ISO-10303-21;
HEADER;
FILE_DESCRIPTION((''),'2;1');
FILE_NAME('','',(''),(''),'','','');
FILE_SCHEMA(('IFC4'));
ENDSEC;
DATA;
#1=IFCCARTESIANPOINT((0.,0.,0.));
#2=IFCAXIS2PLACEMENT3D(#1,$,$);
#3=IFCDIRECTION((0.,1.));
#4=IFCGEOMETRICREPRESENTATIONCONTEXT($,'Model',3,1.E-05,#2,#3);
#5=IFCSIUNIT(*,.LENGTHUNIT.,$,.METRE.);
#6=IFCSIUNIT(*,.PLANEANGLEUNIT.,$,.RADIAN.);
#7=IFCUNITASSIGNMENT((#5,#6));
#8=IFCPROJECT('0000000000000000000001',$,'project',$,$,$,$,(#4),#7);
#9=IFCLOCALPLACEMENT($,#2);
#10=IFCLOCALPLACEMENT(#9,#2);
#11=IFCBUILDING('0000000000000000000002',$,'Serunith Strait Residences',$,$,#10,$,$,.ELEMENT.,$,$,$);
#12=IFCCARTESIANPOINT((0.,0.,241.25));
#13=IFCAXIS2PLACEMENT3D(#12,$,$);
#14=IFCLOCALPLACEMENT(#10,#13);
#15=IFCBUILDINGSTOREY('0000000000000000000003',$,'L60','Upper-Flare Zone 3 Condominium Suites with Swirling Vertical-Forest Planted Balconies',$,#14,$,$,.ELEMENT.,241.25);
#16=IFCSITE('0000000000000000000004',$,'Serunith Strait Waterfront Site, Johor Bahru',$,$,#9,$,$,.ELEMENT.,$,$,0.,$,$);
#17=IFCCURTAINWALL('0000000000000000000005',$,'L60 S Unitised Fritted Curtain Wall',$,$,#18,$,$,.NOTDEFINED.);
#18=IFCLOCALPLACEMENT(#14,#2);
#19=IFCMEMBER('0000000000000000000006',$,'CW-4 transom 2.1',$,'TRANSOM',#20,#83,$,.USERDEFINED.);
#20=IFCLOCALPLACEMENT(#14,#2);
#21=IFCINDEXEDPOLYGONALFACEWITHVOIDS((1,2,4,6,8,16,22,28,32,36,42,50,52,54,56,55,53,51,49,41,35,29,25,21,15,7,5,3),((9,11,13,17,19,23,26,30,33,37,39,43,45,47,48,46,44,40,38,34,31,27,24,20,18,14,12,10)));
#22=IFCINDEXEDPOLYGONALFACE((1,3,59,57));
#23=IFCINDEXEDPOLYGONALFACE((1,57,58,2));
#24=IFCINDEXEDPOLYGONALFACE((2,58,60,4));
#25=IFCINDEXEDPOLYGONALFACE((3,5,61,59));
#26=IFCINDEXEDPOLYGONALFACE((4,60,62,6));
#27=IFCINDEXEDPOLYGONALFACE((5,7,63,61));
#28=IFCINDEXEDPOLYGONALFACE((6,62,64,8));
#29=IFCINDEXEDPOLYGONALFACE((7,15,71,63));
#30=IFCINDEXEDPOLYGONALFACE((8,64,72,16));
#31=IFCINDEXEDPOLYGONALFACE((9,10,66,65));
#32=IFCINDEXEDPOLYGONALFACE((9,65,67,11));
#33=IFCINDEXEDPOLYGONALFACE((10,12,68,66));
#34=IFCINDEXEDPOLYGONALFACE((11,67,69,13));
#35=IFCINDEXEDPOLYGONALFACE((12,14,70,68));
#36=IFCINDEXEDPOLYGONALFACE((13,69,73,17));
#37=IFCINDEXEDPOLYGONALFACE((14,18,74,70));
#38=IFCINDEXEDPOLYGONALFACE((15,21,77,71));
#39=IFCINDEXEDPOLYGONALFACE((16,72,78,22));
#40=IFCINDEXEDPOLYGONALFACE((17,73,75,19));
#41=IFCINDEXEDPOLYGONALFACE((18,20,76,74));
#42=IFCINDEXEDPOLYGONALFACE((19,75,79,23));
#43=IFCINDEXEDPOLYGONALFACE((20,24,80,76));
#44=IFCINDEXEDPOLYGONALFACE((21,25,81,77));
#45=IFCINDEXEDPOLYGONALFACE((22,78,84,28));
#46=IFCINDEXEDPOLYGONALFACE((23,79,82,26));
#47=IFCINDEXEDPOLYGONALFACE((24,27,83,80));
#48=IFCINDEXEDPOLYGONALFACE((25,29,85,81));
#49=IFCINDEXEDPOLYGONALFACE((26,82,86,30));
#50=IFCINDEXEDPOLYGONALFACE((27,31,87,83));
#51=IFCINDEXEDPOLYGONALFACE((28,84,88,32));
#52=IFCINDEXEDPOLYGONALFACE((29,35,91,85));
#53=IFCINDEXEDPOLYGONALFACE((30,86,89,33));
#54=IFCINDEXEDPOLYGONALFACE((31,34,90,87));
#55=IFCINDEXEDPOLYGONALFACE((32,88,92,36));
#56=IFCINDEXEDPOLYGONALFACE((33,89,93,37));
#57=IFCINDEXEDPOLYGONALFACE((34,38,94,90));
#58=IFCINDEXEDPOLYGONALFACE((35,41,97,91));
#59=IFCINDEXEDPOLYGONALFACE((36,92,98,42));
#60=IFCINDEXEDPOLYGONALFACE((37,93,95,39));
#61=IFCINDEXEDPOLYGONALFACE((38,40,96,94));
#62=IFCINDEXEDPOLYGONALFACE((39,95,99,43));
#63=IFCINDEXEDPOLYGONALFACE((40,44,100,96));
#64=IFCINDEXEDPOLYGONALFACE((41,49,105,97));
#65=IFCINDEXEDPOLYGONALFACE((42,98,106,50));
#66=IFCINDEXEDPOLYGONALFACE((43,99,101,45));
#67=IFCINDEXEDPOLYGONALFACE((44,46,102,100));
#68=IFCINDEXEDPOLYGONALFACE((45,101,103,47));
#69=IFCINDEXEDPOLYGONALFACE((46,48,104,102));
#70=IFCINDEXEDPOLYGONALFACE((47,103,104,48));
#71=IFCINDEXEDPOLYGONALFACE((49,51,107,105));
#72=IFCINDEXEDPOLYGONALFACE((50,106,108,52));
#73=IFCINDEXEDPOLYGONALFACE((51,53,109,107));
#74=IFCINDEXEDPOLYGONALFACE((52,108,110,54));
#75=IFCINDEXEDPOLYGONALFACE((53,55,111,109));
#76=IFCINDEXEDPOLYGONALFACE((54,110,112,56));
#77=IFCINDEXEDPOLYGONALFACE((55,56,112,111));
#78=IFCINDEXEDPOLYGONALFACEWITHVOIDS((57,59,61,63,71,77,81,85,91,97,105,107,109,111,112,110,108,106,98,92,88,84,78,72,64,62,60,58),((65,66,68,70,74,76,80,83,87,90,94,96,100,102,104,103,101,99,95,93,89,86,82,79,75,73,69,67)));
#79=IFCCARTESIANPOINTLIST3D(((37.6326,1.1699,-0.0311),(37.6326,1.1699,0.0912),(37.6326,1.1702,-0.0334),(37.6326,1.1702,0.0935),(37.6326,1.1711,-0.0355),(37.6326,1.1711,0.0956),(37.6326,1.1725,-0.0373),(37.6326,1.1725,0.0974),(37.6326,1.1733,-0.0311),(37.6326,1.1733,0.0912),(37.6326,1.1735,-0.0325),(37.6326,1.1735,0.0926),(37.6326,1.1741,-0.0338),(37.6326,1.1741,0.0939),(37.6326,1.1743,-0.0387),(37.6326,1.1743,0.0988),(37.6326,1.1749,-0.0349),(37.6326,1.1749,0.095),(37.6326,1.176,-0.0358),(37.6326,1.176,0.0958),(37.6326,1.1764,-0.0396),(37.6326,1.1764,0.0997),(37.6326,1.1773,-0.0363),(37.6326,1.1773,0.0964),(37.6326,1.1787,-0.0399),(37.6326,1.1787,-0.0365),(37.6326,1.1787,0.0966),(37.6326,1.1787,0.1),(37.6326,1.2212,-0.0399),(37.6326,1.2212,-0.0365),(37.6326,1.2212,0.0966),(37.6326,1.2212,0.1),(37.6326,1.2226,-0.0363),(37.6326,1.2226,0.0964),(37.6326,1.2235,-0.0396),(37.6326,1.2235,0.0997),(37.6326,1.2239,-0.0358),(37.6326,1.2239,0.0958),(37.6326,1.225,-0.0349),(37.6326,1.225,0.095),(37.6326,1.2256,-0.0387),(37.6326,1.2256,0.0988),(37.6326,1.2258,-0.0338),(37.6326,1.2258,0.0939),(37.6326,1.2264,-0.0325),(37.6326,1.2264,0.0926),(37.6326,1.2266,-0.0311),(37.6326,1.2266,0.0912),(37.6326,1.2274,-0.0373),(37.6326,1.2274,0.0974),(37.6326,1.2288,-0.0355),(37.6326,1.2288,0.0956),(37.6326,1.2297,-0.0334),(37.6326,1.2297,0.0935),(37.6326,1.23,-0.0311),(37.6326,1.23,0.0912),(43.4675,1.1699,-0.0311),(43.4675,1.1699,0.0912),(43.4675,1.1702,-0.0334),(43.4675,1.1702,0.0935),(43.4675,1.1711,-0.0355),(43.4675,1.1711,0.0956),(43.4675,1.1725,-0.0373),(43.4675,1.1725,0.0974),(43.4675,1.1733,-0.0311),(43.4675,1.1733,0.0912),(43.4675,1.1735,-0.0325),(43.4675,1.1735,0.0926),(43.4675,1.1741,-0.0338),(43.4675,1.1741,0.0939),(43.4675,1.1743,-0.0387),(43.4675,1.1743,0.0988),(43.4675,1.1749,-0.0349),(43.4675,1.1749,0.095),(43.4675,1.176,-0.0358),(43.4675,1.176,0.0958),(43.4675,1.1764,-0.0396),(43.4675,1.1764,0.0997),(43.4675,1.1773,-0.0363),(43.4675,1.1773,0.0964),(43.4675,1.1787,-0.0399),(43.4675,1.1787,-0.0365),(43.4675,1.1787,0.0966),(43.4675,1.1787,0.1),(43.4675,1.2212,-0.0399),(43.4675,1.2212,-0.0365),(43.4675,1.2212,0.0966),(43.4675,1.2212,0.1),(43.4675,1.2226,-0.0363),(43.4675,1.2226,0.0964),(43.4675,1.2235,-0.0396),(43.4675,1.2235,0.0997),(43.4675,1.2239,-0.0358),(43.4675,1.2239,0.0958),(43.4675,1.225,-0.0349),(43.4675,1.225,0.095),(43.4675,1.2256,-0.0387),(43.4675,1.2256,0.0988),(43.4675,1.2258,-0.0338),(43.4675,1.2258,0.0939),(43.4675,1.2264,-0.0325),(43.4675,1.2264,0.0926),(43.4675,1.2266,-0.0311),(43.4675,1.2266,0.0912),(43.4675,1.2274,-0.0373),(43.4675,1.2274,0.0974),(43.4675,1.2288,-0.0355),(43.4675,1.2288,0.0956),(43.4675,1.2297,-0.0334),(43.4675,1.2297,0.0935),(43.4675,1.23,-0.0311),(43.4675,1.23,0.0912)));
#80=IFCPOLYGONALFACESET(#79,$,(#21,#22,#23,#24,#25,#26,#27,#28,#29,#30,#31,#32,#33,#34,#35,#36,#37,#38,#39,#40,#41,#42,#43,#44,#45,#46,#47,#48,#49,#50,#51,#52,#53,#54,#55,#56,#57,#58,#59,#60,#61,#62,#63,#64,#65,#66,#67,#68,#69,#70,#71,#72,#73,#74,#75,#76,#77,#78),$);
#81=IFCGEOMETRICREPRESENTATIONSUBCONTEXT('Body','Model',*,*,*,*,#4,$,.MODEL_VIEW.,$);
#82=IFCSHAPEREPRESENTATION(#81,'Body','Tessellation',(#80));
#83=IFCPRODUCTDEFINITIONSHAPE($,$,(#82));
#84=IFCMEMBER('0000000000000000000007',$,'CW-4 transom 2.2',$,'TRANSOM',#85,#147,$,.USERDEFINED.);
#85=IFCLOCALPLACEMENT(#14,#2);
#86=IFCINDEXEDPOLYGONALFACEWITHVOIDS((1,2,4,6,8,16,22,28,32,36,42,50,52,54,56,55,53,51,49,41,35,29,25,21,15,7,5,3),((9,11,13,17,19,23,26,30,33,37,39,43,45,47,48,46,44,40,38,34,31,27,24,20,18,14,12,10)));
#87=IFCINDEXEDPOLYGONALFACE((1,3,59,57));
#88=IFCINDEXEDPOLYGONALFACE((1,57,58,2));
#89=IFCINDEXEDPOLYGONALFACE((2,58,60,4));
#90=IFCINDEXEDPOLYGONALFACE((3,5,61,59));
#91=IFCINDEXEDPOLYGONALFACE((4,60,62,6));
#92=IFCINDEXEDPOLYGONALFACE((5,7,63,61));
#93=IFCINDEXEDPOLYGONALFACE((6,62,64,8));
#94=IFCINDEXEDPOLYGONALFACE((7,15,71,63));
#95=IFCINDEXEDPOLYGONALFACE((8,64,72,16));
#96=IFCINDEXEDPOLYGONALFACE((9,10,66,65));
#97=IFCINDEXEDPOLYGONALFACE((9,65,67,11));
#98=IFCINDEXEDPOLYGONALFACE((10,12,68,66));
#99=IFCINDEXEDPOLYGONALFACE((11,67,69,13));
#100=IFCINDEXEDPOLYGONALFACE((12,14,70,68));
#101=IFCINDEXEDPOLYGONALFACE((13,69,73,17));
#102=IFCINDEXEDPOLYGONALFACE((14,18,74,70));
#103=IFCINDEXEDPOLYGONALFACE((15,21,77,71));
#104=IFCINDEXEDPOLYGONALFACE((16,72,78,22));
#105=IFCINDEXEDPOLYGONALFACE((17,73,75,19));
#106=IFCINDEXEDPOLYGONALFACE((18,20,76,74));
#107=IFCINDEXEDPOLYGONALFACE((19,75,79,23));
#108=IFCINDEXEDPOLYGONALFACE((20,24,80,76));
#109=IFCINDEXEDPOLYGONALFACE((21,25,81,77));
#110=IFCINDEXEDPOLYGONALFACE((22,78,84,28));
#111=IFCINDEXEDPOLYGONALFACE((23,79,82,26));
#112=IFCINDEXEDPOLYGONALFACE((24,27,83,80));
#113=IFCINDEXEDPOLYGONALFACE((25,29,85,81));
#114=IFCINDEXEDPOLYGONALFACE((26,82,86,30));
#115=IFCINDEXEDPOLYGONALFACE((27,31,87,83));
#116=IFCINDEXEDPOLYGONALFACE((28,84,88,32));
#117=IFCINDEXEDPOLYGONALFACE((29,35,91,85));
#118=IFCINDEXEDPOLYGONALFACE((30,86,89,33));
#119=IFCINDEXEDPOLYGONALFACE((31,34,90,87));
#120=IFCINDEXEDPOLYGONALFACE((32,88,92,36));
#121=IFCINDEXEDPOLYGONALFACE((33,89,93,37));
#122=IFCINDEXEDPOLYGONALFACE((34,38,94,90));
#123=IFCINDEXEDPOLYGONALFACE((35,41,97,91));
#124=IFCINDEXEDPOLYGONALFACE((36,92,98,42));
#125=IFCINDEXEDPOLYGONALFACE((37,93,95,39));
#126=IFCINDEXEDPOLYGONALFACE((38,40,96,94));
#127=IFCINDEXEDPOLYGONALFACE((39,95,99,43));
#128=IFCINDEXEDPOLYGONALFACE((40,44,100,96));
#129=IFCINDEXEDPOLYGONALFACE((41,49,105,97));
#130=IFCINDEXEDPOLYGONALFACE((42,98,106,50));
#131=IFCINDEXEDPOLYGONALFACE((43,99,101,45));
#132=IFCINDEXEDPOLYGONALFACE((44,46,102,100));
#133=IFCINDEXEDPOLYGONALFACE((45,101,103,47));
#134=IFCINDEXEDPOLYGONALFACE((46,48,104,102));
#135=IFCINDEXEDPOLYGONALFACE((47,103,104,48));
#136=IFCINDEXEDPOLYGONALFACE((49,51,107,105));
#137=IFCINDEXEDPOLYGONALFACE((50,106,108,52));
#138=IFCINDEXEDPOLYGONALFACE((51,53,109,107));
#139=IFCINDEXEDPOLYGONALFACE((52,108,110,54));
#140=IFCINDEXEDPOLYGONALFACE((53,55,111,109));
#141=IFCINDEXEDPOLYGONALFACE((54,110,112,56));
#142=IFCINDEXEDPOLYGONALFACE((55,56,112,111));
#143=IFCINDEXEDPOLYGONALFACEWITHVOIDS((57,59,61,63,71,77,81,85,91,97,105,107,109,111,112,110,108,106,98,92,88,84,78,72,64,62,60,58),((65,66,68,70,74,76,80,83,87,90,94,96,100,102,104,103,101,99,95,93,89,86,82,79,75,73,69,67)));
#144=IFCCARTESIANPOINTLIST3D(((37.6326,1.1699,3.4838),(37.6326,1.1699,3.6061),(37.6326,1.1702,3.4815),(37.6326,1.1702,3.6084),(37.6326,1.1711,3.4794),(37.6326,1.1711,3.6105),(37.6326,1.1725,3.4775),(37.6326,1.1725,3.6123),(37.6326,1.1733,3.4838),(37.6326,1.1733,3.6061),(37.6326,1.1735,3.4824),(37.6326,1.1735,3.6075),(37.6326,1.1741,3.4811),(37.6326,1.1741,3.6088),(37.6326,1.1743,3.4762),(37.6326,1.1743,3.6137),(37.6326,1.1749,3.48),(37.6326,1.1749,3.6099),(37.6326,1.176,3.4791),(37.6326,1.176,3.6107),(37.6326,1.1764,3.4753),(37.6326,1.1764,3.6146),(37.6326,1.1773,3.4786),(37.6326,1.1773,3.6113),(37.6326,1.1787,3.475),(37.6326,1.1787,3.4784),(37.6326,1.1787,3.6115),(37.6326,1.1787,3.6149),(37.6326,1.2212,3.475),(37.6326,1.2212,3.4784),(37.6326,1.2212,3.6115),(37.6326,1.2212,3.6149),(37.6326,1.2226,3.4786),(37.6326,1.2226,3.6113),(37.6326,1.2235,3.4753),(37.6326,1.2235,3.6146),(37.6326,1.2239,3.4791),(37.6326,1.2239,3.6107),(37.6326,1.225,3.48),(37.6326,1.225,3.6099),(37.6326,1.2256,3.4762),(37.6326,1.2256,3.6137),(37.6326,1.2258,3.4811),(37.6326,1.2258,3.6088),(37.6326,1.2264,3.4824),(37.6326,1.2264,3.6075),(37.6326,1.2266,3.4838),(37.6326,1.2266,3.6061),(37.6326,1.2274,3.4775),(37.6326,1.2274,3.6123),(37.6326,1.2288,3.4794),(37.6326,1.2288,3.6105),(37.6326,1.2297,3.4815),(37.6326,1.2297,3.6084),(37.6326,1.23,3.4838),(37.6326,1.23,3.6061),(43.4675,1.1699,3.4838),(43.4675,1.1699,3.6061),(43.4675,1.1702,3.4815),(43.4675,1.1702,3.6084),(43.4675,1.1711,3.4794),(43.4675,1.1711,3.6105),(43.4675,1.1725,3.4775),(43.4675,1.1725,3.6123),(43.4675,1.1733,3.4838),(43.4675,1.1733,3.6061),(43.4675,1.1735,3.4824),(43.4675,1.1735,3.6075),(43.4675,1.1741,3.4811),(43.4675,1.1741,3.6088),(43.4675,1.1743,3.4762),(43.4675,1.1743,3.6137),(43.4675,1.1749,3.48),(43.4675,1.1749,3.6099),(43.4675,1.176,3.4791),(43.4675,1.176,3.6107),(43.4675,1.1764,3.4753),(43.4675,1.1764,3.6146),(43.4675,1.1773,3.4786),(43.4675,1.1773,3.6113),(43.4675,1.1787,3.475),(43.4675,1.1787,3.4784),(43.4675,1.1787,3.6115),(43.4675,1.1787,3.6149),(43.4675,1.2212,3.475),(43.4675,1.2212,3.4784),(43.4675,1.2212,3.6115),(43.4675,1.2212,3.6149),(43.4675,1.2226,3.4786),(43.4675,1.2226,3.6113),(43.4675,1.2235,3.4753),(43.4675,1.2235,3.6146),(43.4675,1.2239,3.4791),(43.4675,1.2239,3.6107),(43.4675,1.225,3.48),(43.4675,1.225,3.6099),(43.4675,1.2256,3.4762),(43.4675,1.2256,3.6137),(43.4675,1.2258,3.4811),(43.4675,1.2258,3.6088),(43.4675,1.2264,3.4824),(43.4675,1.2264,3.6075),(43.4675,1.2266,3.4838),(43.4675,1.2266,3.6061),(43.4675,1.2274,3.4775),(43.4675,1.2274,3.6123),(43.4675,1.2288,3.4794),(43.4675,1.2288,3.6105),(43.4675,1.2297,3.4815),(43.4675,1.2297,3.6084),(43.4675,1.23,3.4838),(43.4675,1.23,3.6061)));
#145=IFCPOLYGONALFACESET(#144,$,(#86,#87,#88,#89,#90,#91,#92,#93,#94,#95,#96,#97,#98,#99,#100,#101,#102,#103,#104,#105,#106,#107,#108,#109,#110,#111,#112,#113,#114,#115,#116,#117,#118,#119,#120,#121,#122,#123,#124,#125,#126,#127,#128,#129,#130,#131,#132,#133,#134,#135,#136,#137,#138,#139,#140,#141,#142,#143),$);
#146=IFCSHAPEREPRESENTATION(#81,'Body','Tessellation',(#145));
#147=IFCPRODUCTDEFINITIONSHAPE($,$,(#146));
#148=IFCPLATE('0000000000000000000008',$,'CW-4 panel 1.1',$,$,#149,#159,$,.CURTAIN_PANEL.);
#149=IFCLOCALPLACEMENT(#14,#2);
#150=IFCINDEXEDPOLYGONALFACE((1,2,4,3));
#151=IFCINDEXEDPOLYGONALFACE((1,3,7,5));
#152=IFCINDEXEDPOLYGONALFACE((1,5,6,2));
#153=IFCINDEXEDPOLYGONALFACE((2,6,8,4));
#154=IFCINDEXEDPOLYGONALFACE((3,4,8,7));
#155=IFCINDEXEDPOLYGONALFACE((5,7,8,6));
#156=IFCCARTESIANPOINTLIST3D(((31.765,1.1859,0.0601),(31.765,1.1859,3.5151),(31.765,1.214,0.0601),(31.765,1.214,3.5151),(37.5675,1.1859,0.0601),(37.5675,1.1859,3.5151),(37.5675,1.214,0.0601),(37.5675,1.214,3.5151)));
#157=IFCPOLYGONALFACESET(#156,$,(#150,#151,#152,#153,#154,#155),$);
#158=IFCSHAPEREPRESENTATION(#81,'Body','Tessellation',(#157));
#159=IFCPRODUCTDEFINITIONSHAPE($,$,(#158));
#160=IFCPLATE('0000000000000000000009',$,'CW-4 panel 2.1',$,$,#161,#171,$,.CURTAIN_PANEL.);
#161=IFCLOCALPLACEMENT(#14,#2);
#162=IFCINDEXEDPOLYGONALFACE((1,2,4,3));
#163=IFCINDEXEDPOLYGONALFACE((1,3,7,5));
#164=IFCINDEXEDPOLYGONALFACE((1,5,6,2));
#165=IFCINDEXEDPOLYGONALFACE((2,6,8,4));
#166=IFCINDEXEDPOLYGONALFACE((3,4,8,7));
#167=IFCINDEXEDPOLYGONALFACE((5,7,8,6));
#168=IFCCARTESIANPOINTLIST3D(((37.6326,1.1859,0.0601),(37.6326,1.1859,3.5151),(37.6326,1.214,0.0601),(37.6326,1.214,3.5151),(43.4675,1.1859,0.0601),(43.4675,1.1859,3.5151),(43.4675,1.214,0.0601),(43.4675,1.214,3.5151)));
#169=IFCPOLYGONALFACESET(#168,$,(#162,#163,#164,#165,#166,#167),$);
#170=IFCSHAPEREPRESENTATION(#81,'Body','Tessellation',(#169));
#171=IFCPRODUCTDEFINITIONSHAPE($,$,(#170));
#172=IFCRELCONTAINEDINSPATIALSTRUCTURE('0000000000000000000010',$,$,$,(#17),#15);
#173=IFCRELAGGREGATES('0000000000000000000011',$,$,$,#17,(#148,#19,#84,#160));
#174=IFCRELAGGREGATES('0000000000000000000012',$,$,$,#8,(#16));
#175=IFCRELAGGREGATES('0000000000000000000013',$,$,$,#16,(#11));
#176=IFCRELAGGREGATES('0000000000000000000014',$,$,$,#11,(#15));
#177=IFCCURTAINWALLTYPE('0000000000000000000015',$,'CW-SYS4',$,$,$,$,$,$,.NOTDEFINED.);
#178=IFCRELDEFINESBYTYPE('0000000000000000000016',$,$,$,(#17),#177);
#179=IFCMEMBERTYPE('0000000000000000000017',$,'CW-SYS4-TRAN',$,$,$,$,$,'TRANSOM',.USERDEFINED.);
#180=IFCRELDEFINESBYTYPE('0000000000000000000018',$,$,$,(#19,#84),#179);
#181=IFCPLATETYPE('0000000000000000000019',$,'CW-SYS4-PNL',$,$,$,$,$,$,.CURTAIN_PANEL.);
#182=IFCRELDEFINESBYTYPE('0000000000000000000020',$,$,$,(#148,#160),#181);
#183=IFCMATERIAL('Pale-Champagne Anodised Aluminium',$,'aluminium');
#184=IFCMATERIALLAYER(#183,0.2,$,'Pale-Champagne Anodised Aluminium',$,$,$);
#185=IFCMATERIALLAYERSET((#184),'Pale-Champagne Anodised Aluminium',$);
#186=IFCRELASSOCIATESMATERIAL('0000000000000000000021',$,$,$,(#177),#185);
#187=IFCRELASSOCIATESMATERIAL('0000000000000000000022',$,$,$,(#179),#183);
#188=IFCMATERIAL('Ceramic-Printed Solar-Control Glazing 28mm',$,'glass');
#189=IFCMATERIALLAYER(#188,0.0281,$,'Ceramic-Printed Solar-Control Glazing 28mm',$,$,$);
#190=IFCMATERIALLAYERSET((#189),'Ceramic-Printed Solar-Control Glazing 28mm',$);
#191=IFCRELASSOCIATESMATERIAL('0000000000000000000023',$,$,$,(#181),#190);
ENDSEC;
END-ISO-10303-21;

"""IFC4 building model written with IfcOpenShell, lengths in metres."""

from ifc_helpers import new_model, si_unit, direction, frame, origin, origin_2d, place, context, subcontext, project, spatial, rectangle, hollow_rectangle, extrude, source, transform, mapped, material, layer, layer_set, material_profile, profile_set, type_object, element, aggregate, save


model = new_model("IFC4")

# Units and contexts
model_context = context("Model", 3, precision=1e-05, world=origin(), true_north=direction((0.0, 1.0)))
body_context = subcontext(model_context, "Body", "Model", "MODEL_VIEW")
ifc_project = project(units=[si_unit("LENGTHUNIT", "METRE"), si_unit("PLANEANGLEUNIT", "RADIAN")], contexts=[model_context])

# Site, building, storey
site_placement = place(None, origin())
site = spatial("IfcSite", under=ifc_project, at=site_placement, Name="Serunith Strait Waterfront Site, Johor Bahru", CompositionType="ELEMENT", RefElevation=0.0)
building_placement = place(site_placement, origin())
building = spatial("IfcBuilding", under=site, at=building_placement, Name="Serunith Strait Residences", CompositionType="ELEMENT")
storey_placement = place(building_placement, frame((0.0, 0.0, 241.25)))
storey = spatial("IfcBuildingStorey", under=building, at=storey_placement, Name="L60", Description="Upper-Flare Zone 3 Condominium Suites with Swirling Vertical-Forest Planted Balconies", CompositionType="ELEMENT", Elevation=241.25)

# Curtain wall, members, plates
ifc_material_1 = material(Name="Pale-Champagne Anodised Aluminium", Category="aluminium")
ifc_layer_1 = layer(ifc_material_1, 0.2, Name="Pale-Champagne Anodised Aluminium")
ifc_layer_set_1 = layer_set([ifc_layer_1], Name="Pale-Champagne Anodised Aluminium")
curtain_wall_type = type_object("IfcCurtainWallType", Name="CW-SYS4", PredefinedType="NOTDEFINED", material=ifc_layer_set_1)
curtain_wall_placement = place(storey_placement, origin())
curtain_wall = element("IfcCurtainWall", 1, at=curtain_wall_placement, inside=storey, type_object=curtain_wall_type, Name="L60 S Unitised Fritted Curtain Wall", PredefinedType="NOTDEFINED")
ifc_material_profile_1 = material_profile(ifc_material_1, hollow_rectangle(XDim=0.0601, YDim=0.1399, WallThickness=0.0034, InnerFilletRadius=0.0054, OuterFilletRadius=0.0088, at=origin_2d()), Name="ALU 140x60x3.5")
ifc_profile_set_1 = profile_set([ifc_material_profile_1], Name="Pale-Champagne Anodised Aluminium")
member_type_1 = type_object("IfcMemberType", Name="CW-SYS4-TRAN", ElementType="TRANSOM", PredefinedType="USERDEFINED", material=ifc_profile_set_1)
shared_shape_1 = source(origin(), body_context, "Body", "SweptSolid", [
    extrude(hollow_rectangle(XDim=0.0601, YDim=0.1399, WallThickness=0.0034, InnerFilletRadius=0.0054, OuterFilletRadius=0.0088, at=origin_2d()), origin(), (0.0, 0.0, 1.0), 5.835),
])
member_1_placement = place(storey_placement, frame((37.6326, 1.2, 0.03), z_axis=(1.0, 0.0, 0.0), x_axis=(0.0, 1.0, 0.0)))
member_1 = element("IfcMember", 2, at=member_1_placement, type_object=member_type_1, Name="CW-4 transom 2.1", ObjectType="TRANSOM", PredefinedType="USERDEFINED", context=body_context, shape_type="MappedRepresentation", body=[
    mapped(shared_shape_1, transform((0.0, 0.0, 0.0), scale=1.0)),
])
member_2_placement = place(storey_placement, frame((37.6326, 1.2, 3.5449), z_axis=(1.0, 0.0, 0.0), x_axis=(0.0, 1.0, 0.0)))
member_2 = element("IfcMember", 3, at=member_2_placement, type_object=member_type_1, Name="CW-4 transom 2.2", ObjectType="TRANSOM", PredefinedType="USERDEFINED", context=body_context, shape_type="MappedRepresentation", body=[
    mapped(shared_shape_1, transform((0.0, 0.0, 0.0), scale=1.0)),
])
ifc_material_2 = material(Name="Ceramic-Printed Solar-Control Glazing 28mm", Category="glass")
ifc_layer_2 = layer(ifc_material_2, 0.0281, Name="Ceramic-Printed Solar-Control Glazing 28mm")
ifc_layer_set_2 = layer_set([ifc_layer_2], Name="Ceramic-Printed Solar-Control Glazing 28mm")
plate_type = type_object("IfcPlateType", Name="CW-SYS4-PNL", PredefinedType="CURTAIN_PANEL", material=ifc_layer_set_2)
shared_shape_2 = source(origin(), body_context, "Body", "SweptSolid", [
    extrude(rectangle(XDim=5.8025, YDim=0.0281, at=origin_2d()), origin(), (0.0, 0.0, 1.0), 3.4551),
])
plate_1_placement = place(storey_placement, frame((34.6663, 1.2, 0.0601), z_axis=(0.0, 0.0, 1.0), x_axis=(1.0, 0.0, 0.0)))
plate_1 = element("IfcPlate", 4, at=plate_1_placement, type_object=plate_type, Name="CW-4 panel 1.1", PredefinedType="CURTAIN_PANEL", context=body_context, shape_type="MappedRepresentation", body=[
    mapped(shared_shape_2, transform((0.0, 0.0, 0.0), scale=1.0)),
])
shared_shape_3 = source(origin(), body_context, "Body", "SweptSolid", [
    extrude(rectangle(XDim=5.835, YDim=0.0281, at=origin_2d()), origin(), (0.0, 0.0, 1.0), 3.4551),
])
plate_2_placement = place(storey_placement, frame((40.55, 1.2, 0.0601), z_axis=(0.0, 0.0, 1.0), x_axis=(1.0, 0.0, 0.0)))
plate_2 = element("IfcPlate", 5, at=plate_2_placement, type_object=plate_type, Name="CW-4 panel 2.1", PredefinedType="CURTAIN_PANEL", context=body_context, shape_type="MappedRepresentation", body=[
    mapped(shared_shape_3, transform((0.0, 0.0, 0.0), scale=1.0)),
])
aggregate(curtain_wall, [plate_1, member_1, member_2, plate_2])

save(model, "model.ifc")
